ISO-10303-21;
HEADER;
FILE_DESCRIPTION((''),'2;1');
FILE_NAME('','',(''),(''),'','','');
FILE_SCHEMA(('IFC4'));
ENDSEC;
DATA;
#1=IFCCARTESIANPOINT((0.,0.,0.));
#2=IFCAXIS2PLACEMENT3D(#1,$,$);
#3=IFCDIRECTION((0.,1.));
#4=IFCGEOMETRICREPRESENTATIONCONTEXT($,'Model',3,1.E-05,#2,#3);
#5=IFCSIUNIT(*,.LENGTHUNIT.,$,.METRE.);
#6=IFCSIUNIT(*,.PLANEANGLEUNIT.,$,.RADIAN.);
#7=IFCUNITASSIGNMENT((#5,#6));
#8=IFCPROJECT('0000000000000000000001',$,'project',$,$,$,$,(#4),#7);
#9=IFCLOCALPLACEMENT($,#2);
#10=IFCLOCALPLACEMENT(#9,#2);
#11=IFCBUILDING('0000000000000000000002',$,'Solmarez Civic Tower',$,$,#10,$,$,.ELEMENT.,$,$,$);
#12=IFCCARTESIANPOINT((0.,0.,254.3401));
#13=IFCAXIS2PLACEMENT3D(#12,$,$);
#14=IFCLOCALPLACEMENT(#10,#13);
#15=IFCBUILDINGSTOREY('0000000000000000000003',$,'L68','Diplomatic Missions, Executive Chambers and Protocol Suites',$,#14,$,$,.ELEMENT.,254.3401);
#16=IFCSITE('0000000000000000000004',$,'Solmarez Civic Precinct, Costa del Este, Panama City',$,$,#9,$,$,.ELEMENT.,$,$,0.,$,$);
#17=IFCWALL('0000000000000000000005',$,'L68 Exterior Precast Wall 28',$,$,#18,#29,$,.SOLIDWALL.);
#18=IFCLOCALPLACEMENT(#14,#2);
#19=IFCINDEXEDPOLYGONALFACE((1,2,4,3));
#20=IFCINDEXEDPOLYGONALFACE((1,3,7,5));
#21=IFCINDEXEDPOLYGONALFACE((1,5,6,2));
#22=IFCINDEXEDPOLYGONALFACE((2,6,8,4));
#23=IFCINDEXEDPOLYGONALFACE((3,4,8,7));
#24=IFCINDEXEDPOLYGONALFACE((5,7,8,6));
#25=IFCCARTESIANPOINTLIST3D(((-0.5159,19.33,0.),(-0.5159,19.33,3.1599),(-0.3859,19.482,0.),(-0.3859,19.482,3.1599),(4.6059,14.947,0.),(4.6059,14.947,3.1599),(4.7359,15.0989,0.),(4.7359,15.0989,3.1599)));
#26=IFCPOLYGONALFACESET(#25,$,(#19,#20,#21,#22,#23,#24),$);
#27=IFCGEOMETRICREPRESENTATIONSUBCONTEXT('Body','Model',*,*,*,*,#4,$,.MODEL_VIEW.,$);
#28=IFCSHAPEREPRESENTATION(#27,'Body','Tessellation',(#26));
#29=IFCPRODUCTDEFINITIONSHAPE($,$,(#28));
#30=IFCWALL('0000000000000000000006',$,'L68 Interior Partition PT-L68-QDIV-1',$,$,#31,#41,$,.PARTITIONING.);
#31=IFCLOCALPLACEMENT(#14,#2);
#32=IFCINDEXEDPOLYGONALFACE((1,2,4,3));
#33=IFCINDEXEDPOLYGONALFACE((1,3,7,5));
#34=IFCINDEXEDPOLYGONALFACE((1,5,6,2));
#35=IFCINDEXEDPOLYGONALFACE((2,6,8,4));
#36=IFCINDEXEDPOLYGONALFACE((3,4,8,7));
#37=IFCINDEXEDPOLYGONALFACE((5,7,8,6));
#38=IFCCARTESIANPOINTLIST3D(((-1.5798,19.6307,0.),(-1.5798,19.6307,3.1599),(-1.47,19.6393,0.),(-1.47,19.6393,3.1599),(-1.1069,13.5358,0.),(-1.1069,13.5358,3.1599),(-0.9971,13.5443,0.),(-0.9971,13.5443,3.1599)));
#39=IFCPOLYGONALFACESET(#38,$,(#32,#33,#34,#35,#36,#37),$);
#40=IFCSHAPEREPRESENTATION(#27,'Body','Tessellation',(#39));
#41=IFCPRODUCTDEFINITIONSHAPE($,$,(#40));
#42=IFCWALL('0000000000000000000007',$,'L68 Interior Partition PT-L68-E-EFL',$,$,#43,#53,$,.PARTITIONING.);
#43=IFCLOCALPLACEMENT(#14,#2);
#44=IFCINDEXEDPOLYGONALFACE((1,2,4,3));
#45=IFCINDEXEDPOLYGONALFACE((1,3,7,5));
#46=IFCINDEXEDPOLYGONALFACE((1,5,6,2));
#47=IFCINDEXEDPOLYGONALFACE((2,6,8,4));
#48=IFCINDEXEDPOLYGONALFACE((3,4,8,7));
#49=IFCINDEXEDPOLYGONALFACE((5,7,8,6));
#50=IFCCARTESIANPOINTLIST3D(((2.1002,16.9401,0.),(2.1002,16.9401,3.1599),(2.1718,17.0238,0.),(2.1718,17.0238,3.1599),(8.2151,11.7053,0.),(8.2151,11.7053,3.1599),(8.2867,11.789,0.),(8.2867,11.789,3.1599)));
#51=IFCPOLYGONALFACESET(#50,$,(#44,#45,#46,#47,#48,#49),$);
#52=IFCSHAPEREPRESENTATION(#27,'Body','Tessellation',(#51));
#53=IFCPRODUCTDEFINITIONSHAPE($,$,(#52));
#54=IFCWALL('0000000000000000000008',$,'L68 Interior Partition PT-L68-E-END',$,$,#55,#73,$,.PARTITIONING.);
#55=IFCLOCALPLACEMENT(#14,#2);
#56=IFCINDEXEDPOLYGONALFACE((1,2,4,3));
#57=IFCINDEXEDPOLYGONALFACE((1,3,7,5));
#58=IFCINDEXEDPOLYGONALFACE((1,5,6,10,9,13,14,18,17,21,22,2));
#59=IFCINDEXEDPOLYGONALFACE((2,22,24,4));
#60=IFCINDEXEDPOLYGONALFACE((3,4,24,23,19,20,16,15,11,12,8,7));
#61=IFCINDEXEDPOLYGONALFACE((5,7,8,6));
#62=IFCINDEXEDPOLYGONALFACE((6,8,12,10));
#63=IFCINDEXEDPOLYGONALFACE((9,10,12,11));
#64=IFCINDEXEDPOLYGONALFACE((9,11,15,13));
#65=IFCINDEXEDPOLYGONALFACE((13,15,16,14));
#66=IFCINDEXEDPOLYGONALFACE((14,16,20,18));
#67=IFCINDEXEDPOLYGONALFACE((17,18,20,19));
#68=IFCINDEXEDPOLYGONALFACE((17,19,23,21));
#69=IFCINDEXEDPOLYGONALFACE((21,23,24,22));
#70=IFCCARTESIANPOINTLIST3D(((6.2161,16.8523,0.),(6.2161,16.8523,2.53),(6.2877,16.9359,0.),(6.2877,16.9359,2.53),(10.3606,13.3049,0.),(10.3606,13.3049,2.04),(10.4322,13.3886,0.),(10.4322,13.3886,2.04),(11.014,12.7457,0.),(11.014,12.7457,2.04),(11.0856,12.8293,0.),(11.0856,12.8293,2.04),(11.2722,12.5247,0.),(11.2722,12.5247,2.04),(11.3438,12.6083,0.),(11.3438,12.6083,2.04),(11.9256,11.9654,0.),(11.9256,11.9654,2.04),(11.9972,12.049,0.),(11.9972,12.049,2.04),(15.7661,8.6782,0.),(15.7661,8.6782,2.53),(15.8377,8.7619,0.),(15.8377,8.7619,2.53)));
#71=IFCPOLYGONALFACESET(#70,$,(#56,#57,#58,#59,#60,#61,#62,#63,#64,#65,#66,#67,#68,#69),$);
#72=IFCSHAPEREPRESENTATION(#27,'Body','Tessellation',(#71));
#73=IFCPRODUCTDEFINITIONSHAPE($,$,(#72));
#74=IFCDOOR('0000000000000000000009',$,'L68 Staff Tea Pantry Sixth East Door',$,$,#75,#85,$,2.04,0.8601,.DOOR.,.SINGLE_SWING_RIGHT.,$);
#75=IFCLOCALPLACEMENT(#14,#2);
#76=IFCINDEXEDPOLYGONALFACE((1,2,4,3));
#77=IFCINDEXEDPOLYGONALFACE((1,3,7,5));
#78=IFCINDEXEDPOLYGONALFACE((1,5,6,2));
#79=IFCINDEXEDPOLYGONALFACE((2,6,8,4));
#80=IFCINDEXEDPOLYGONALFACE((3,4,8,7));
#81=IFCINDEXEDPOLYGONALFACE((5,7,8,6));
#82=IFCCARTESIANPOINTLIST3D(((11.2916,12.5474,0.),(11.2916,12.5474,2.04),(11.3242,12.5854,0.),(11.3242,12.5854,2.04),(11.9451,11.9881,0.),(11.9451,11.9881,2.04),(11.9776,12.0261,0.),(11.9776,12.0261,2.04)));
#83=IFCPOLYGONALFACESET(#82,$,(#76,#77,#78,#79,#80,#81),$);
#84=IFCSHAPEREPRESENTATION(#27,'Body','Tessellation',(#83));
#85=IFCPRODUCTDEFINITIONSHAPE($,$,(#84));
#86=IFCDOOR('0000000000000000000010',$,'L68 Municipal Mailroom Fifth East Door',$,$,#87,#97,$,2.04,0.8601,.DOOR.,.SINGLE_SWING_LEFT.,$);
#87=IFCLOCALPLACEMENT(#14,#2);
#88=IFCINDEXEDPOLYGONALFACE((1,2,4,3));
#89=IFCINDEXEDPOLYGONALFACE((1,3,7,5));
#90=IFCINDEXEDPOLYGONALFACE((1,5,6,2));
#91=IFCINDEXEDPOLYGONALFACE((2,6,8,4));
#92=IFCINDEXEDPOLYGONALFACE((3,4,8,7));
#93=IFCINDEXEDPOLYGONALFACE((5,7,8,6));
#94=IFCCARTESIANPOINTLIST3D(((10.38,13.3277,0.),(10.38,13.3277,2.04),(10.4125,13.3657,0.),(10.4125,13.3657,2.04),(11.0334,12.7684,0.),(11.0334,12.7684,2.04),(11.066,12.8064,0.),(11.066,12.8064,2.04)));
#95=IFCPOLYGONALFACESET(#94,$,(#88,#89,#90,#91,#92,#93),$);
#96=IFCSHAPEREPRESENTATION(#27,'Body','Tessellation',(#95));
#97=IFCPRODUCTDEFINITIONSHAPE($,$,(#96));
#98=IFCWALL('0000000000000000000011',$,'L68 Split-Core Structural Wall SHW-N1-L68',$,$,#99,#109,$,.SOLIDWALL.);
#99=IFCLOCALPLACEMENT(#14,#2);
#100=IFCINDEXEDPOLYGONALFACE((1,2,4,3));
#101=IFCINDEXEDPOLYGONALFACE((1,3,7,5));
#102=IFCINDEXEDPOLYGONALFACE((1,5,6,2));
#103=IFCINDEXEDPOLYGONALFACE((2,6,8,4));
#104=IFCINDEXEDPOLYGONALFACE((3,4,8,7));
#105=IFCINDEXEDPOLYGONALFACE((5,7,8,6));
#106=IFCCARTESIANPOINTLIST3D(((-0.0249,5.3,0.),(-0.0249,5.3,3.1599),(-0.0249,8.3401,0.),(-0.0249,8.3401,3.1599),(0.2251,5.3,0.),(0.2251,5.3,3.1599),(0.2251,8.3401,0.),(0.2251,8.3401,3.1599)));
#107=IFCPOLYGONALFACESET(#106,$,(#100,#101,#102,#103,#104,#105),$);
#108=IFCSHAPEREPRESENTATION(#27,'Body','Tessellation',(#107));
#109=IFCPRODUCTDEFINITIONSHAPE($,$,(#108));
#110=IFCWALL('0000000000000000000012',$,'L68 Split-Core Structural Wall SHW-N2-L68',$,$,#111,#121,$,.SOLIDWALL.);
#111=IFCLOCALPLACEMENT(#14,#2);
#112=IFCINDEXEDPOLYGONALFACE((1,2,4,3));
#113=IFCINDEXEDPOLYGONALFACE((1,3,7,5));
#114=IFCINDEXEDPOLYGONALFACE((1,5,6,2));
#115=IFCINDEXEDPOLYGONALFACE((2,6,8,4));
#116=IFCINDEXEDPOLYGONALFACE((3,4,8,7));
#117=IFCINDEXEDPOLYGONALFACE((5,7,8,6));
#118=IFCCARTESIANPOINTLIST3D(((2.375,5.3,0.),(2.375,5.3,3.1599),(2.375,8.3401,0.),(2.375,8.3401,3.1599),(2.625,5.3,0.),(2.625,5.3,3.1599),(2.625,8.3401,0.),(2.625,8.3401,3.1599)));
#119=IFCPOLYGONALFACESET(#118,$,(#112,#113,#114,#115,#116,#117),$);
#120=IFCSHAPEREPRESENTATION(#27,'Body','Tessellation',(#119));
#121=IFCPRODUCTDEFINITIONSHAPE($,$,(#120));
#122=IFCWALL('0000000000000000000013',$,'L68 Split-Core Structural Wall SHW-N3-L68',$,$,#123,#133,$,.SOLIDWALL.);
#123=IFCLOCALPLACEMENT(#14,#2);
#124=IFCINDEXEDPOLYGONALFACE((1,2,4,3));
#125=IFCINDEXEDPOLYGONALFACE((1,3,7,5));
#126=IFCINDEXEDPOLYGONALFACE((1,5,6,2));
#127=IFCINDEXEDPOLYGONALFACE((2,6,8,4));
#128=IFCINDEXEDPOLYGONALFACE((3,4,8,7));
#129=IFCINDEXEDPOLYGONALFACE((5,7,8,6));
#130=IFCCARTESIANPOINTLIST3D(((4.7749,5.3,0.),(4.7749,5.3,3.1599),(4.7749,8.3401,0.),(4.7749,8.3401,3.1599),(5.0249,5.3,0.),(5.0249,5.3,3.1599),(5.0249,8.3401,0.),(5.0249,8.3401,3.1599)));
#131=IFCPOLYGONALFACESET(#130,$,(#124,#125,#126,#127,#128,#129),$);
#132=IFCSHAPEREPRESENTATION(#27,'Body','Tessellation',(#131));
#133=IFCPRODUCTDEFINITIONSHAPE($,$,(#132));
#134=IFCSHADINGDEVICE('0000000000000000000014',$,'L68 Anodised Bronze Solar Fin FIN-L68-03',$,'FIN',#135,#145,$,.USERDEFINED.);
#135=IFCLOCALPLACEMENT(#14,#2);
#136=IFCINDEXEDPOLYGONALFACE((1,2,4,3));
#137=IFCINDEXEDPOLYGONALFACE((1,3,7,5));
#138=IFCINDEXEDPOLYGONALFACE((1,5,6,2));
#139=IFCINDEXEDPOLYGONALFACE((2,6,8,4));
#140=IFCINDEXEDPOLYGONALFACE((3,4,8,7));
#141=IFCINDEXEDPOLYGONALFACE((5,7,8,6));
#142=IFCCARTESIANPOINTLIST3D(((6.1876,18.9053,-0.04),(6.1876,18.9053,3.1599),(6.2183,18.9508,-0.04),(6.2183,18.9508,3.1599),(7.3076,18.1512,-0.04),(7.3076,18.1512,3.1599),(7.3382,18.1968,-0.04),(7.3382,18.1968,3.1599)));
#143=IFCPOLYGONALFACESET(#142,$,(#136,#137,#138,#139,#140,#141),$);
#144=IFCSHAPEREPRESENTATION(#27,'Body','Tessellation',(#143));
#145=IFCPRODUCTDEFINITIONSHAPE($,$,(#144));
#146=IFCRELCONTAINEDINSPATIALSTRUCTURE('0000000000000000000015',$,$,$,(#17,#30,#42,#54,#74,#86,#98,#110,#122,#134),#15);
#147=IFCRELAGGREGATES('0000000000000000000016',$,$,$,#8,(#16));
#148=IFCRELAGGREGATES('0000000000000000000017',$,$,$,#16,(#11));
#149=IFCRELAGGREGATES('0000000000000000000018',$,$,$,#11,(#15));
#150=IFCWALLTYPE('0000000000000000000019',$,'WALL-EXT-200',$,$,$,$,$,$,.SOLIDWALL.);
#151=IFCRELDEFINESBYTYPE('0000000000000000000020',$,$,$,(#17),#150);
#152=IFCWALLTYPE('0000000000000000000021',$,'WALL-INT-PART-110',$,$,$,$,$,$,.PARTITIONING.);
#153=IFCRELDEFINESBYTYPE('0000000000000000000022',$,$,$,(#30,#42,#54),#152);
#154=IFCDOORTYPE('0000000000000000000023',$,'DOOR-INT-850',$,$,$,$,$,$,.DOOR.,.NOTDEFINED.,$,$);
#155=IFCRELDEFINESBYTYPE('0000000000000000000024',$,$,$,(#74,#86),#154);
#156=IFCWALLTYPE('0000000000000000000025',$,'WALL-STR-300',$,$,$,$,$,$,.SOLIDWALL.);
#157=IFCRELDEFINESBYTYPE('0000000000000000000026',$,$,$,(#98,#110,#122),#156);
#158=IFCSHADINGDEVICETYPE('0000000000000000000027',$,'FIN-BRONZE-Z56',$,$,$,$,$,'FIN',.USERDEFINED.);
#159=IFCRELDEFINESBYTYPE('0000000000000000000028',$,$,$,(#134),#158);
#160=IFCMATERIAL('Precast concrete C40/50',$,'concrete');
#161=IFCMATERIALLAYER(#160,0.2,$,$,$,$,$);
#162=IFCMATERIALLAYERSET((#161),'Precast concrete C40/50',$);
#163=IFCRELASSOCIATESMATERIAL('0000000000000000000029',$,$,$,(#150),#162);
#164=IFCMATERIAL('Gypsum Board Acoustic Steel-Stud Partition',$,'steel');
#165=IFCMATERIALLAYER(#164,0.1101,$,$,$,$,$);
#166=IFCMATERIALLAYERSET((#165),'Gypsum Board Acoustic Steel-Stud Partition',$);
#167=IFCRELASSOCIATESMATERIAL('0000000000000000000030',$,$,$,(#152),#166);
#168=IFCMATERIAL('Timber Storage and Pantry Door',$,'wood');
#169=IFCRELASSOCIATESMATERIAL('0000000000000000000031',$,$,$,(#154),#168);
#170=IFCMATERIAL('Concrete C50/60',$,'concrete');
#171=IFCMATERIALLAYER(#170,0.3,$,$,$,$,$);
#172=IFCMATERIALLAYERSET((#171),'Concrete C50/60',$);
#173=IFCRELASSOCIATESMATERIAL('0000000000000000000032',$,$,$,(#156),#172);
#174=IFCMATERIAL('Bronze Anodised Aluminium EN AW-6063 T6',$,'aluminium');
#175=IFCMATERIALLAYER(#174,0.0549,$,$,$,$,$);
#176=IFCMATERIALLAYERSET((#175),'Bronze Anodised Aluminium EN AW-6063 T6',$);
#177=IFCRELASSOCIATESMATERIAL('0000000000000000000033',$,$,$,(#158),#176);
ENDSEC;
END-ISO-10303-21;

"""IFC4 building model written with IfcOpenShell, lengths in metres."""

from ifc_helpers import new_model, si_unit, direction, frame, frame_2d, origin, origin_2d, place, context, subcontext, project, spatial, rectangle, extrude, material, layer, layer_set, type_object, element, fill, save


model = new_model("IFC4")

# Units and contexts
model_context = context("Model", 3, precision=1e-05, world=origin(), true_north=direction((0.0, 1.0)))
body_context = subcontext(model_context, "Body", "Model", "MODEL_VIEW")
ifc_project = project(units=[si_unit("LENGTHUNIT", "METRE"), si_unit("PLANEANGLEUNIT", "RADIAN")], contexts=[model_context])

# Site, building, storey
site_placement = place(None, origin())
site = spatial("IfcSite", under=ifc_project, at=site_placement, Name="Solmarez Civic Precinct, Costa del Este, Panama City", CompositionType="ELEMENT", RefElevation=0.0)
building_placement = place(site_placement, origin())
building = spatial("IfcBuilding", under=site, at=building_placement, Name="Solmarez Civic Tower", CompositionType="ELEMENT")
storey_placement = place(building_placement, frame((0.0, 0.0, 254.3401)))
storey = spatial("IfcBuildingStorey", under=building, at=storey_placement, Name="L68", Description="Diplomatic Missions, Executive Chambers and Protocol Suites", CompositionType="ELEMENT", Elevation=254.3401)

# Shared definitions
ifc_material_1 = material(Name="Concrete C50/60", Category="concrete")

# Shared definitions
ifc_material_2 = material(Name="Bronze Anodised Aluminium EN AW-6063 T6", Category="aluminium")

# Walls
ifc_material_3 = material(Name="Precast concrete C40/50", Category="concrete")
ifc_layer_1 = layer(ifc_material_3, 0.2)
ifc_layer_set_1 = layer_set([ifc_layer_1], Name="Precast concrete C40/50")
wall_type_1 = type_object("IfcWallType", Name="WALL-EXT-200", PredefinedType="SOLIDWALL", material=ifc_layer_set_1)
wall_1_placement = place(storey_placement, frame((-0.4509, 19.406, 0.0), z_axis=(0.0, 0.0, 1.0), x_axis=(0.759775, -0.650186, 0.0)))
element("IfcWall", 1, at=wall_1_placement, inside=storey, type_object=wall_type_1, Name="L68 Exterior Precast Wall 28", PredefinedType="SOLIDWALL", context=body_context, shape_type="SweptSolid", body=[
    extrude(rectangle(XDim=6.7412, YDim=0.2, at=frame_2d((3.3706, 0.0))), origin(), (0.0, 0.0, 1.0), 3.1599),
])
ifc_material_4 = material(Name="Gypsum Board Acoustic Steel-Stud Partition", Category="steel")
ifc_layer_2 = layer(ifc_material_4, 0.1101)
ifc_layer_set_2 = layer_set([ifc_layer_2], Name="Gypsum Board Acoustic Steel-Stud Partition")
wall_type_2 = type_object("IfcWallType", Name="WALL-INT-PART-110", PredefinedType="PARTITIONING", material=ifc_layer_set_2)
wall_2_placement = place(storey_placement, frame((-1.052, 13.54, 0.0), z_axis=(0.0, 0.0, 1.0), x_axis=(-0.077356, 0.997004, 0.0)))
element("IfcWall", 2, at=wall_2_placement, inside=storey, type_object=wall_type_2, Name="L68 Interior Partition PT-L68-QDIV-1", PredefinedType="PARTITIONING", context=body_context, shape_type="SweptSolid", body=[
    extrude(rectangle(XDim=6.1133, YDim=0.1101, at=frame_2d((3.0566, 0.0))), origin(), (0.0, 0.0, 1.0), 3.1599),
])
wall_3_placement = place(storey_placement, frame((8.251, 11.7471, 0.0), z_axis=(0.0, 0.0, 1.0), x_axis=(-0.759659, 0.650322, 0.0)))
element("IfcWall", 3, at=wall_3_placement, inside=storey, type_object=wall_type_2, Name="L68 Interior Partition PT-L68-E-EFL", PredefinedType="PARTITIONING", context=body_context, shape_type="SweptSolid", body=[
    extrude(rectangle(XDim=8.0496, YDim=0.1101, at=frame_2d((4.0249, 0.0))), origin(), (0.0, 0.0, 1.0), 3.1599),
])

# Wall, openings, doors
wall_4_placement = place(storey_placement, frame((6.252, 16.894, 0.0), z_axis=(0.0, 0.0, 1.0), x_axis=(0.759716, -0.650255, 0.0)))
wall_4 = element("IfcWall", 4, at=wall_4_placement, inside=storey, type_object=wall_type_2, Name="L68 Interior Partition PT-L68-E-END", PredefinedType="PARTITIONING", context=body_context, shape_type="SweptSolid", body=[
    extrude(rectangle(XDim=12.5706, YDim=0.1101, at=frame_2d((6.2852, 0.0))), origin(), (0.0, 0.0, 1.0), 2.53),
])
opening_1_placement = place(wall_4_placement, frame((6.655, 0.0, 0.0)))
opening_1 = element("IfcOpeningElement", 5, at=opening_1_placement, cuts=wall_4, PredefinedType="OPENING", context=body_context, shape_type="SweptSolid", body=[
    extrude(rectangle(XDim=0.8601, YDim=2.04, at=frame_2d((0.4302, 1.02))), frame((0.0, 0.0649, 0.0), z_axis=(0.0, -1.0, 0.0), x_axis=(1.0, 0.0, 0.0)), (0.0, 0.0, 1.0), 0.1301),
])
opening_2_placement = place(wall_4_placement, frame((5.4551, 0.0, 0.0)))
opening_2 = element("IfcOpeningElement", 6, at=opening_2_placement, cuts=wall_4, PredefinedType="OPENING", context=body_context, shape_type="SweptSolid", body=[
    extrude(rectangle(XDim=0.8601, YDim=2.04, at=frame_2d((0.4302, 1.02))), frame((0.0, 0.0649, 0.0), z_axis=(0.0, -1.0, 0.0), x_axis=(1.0, 0.0, 0.0)), (0.0, 0.0, 1.0), 0.1301),
])
ifc_material_5 = material(Name="Timber Storage and Pantry Door", Category="wood")
door_type_1 = type_object("IfcDoorType", Name="DOOR-INT-850", OperationType="NOTDEFINED", PredefinedType="DOOR", material=ifc_material_5)
door_1_placement = place(opening_1_placement, origin())
door_1 = element("IfcDoor", 7, at=door_1_placement, inside=storey, type_object=door_type_1, Name="L68 Staff Tea Pantry Sixth East Door", OperationType="SINGLE_SWING_RIGHT", OverallHeight=2.04, OverallWidth=0.8601, PredefinedType="DOOR", context=body_context, shape_type="SweptSolid", body=[
    extrude(rectangle(XDim=0.8601, YDim=2.04, at=frame_2d((0.4302, 1.02))), frame((0.0, 0.0249, 0.0), z_axis=(0.0, -1.0, 0.0), x_axis=(1.0, 0.0, 0.0)), (0.0, 0.0, 1.0), 0.05),
])
fill(opening_1, door_1)
door_2_placement = place(opening_2_placement, origin())
door_2 = element("IfcDoor", 8, at=door_2_placement, inside=storey, type_object=door_type_1, Name="L68 Municipal Mailroom Fifth East Door", OperationType="SINGLE_SWING_LEFT", OverallHeight=2.04, OverallWidth=0.8601, PredefinedType="DOOR", context=body_context, shape_type="SweptSolid", body=[
    extrude(rectangle(XDim=0.8601, YDim=2.04, at=frame_2d((0.4302, 1.02))), frame((0.0, 0.0249, 0.0), z_axis=(0.0, -1.0, 0.0), x_axis=(1.0, 0.0, 0.0)), (0.0, 0.0, 1.0), 0.05),
])
fill(opening_2, door_2)
ifc_layer_3 = layer(ifc_material_1, 0.3)
ifc_layer_set_3 = layer_set([ifc_layer_3], Name="Concrete C50/60")
wall_type_3 = type_object("IfcWallType", Name="WALL-STR-300", PredefinedType="SOLIDWALL", material=ifc_layer_set_3)

# Walls
for number, where, z_axis, x_axis, name in (
    (9, (0.1001, 5.3, 0.0), (0.0, 0.0, 1.0), (0.0, 1.0, 0.0), "L68 Split-Core Structural Wall SHW-N1-L68"),
    (10, (2.5, 5.3, 0.0), (0.0, 0.0, 1.0), (0.0, 1.0, 0.0), "L68 Split-Core Structural Wall SHW-N2-L68"),
    (11, (4.8999, 5.3, 0.0), (0.0, 0.0, 1.0), (0.0, 1.0, 0.0), "L68 Split-Core Structural Wall SHW-N3-L68"),
):
    element("IfcWall", number, at=place(storey_placement, frame(where, z_axis=z_axis, x_axis=x_axis)), inside=storey, type_object=wall_type_3, Name=name, PredefinedType="SOLIDWALL", context=body_context, shape_type="SweptSolid", body=[
        extrude(rectangle(XDim=3.04, YDim=0.25, at=frame_2d((1.52, 0.0))), origin(), (0.0, 0.0, 1.0), 3.1599),
    ])

# Shading device
ifc_layer_4 = layer(ifc_material_2, 0.0549)
ifc_layer_set_4 = layer_set([ifc_layer_4], Name="Bronze Anodised Aluminium EN AW-6063 T6")
shading_device_type = type_object("IfcShadingDeviceType", Name="FIN-BRONZE-Z56", ElementType="FIN", PredefinedType="USERDEFINED", material=ifc_layer_set_4)
shading_device_placement = place(storey_placement, frame((6.7629, 18.551, -0.04), z_axis=(0.0, 0.0, 1.0), x_axis=(-0.829506, 0.558498, 0.0)))
element("IfcShadingDevice", 12, at=shading_device_placement, inside=storey, type_object=shading_device_type, Name="L68 Anodised Bronze Solar Fin FIN-L68-03", ObjectType="FIN", PredefinedType="USERDEFINED", context=body_context, shape_type="SweptSolid", body=[
    extrude(rectangle(XDim=1.3501, YDim=0.0549, at=origin_2d()), origin(), (0.0, 0.0, 1.0), 3.2),
])

save(model, "model.ifc")
